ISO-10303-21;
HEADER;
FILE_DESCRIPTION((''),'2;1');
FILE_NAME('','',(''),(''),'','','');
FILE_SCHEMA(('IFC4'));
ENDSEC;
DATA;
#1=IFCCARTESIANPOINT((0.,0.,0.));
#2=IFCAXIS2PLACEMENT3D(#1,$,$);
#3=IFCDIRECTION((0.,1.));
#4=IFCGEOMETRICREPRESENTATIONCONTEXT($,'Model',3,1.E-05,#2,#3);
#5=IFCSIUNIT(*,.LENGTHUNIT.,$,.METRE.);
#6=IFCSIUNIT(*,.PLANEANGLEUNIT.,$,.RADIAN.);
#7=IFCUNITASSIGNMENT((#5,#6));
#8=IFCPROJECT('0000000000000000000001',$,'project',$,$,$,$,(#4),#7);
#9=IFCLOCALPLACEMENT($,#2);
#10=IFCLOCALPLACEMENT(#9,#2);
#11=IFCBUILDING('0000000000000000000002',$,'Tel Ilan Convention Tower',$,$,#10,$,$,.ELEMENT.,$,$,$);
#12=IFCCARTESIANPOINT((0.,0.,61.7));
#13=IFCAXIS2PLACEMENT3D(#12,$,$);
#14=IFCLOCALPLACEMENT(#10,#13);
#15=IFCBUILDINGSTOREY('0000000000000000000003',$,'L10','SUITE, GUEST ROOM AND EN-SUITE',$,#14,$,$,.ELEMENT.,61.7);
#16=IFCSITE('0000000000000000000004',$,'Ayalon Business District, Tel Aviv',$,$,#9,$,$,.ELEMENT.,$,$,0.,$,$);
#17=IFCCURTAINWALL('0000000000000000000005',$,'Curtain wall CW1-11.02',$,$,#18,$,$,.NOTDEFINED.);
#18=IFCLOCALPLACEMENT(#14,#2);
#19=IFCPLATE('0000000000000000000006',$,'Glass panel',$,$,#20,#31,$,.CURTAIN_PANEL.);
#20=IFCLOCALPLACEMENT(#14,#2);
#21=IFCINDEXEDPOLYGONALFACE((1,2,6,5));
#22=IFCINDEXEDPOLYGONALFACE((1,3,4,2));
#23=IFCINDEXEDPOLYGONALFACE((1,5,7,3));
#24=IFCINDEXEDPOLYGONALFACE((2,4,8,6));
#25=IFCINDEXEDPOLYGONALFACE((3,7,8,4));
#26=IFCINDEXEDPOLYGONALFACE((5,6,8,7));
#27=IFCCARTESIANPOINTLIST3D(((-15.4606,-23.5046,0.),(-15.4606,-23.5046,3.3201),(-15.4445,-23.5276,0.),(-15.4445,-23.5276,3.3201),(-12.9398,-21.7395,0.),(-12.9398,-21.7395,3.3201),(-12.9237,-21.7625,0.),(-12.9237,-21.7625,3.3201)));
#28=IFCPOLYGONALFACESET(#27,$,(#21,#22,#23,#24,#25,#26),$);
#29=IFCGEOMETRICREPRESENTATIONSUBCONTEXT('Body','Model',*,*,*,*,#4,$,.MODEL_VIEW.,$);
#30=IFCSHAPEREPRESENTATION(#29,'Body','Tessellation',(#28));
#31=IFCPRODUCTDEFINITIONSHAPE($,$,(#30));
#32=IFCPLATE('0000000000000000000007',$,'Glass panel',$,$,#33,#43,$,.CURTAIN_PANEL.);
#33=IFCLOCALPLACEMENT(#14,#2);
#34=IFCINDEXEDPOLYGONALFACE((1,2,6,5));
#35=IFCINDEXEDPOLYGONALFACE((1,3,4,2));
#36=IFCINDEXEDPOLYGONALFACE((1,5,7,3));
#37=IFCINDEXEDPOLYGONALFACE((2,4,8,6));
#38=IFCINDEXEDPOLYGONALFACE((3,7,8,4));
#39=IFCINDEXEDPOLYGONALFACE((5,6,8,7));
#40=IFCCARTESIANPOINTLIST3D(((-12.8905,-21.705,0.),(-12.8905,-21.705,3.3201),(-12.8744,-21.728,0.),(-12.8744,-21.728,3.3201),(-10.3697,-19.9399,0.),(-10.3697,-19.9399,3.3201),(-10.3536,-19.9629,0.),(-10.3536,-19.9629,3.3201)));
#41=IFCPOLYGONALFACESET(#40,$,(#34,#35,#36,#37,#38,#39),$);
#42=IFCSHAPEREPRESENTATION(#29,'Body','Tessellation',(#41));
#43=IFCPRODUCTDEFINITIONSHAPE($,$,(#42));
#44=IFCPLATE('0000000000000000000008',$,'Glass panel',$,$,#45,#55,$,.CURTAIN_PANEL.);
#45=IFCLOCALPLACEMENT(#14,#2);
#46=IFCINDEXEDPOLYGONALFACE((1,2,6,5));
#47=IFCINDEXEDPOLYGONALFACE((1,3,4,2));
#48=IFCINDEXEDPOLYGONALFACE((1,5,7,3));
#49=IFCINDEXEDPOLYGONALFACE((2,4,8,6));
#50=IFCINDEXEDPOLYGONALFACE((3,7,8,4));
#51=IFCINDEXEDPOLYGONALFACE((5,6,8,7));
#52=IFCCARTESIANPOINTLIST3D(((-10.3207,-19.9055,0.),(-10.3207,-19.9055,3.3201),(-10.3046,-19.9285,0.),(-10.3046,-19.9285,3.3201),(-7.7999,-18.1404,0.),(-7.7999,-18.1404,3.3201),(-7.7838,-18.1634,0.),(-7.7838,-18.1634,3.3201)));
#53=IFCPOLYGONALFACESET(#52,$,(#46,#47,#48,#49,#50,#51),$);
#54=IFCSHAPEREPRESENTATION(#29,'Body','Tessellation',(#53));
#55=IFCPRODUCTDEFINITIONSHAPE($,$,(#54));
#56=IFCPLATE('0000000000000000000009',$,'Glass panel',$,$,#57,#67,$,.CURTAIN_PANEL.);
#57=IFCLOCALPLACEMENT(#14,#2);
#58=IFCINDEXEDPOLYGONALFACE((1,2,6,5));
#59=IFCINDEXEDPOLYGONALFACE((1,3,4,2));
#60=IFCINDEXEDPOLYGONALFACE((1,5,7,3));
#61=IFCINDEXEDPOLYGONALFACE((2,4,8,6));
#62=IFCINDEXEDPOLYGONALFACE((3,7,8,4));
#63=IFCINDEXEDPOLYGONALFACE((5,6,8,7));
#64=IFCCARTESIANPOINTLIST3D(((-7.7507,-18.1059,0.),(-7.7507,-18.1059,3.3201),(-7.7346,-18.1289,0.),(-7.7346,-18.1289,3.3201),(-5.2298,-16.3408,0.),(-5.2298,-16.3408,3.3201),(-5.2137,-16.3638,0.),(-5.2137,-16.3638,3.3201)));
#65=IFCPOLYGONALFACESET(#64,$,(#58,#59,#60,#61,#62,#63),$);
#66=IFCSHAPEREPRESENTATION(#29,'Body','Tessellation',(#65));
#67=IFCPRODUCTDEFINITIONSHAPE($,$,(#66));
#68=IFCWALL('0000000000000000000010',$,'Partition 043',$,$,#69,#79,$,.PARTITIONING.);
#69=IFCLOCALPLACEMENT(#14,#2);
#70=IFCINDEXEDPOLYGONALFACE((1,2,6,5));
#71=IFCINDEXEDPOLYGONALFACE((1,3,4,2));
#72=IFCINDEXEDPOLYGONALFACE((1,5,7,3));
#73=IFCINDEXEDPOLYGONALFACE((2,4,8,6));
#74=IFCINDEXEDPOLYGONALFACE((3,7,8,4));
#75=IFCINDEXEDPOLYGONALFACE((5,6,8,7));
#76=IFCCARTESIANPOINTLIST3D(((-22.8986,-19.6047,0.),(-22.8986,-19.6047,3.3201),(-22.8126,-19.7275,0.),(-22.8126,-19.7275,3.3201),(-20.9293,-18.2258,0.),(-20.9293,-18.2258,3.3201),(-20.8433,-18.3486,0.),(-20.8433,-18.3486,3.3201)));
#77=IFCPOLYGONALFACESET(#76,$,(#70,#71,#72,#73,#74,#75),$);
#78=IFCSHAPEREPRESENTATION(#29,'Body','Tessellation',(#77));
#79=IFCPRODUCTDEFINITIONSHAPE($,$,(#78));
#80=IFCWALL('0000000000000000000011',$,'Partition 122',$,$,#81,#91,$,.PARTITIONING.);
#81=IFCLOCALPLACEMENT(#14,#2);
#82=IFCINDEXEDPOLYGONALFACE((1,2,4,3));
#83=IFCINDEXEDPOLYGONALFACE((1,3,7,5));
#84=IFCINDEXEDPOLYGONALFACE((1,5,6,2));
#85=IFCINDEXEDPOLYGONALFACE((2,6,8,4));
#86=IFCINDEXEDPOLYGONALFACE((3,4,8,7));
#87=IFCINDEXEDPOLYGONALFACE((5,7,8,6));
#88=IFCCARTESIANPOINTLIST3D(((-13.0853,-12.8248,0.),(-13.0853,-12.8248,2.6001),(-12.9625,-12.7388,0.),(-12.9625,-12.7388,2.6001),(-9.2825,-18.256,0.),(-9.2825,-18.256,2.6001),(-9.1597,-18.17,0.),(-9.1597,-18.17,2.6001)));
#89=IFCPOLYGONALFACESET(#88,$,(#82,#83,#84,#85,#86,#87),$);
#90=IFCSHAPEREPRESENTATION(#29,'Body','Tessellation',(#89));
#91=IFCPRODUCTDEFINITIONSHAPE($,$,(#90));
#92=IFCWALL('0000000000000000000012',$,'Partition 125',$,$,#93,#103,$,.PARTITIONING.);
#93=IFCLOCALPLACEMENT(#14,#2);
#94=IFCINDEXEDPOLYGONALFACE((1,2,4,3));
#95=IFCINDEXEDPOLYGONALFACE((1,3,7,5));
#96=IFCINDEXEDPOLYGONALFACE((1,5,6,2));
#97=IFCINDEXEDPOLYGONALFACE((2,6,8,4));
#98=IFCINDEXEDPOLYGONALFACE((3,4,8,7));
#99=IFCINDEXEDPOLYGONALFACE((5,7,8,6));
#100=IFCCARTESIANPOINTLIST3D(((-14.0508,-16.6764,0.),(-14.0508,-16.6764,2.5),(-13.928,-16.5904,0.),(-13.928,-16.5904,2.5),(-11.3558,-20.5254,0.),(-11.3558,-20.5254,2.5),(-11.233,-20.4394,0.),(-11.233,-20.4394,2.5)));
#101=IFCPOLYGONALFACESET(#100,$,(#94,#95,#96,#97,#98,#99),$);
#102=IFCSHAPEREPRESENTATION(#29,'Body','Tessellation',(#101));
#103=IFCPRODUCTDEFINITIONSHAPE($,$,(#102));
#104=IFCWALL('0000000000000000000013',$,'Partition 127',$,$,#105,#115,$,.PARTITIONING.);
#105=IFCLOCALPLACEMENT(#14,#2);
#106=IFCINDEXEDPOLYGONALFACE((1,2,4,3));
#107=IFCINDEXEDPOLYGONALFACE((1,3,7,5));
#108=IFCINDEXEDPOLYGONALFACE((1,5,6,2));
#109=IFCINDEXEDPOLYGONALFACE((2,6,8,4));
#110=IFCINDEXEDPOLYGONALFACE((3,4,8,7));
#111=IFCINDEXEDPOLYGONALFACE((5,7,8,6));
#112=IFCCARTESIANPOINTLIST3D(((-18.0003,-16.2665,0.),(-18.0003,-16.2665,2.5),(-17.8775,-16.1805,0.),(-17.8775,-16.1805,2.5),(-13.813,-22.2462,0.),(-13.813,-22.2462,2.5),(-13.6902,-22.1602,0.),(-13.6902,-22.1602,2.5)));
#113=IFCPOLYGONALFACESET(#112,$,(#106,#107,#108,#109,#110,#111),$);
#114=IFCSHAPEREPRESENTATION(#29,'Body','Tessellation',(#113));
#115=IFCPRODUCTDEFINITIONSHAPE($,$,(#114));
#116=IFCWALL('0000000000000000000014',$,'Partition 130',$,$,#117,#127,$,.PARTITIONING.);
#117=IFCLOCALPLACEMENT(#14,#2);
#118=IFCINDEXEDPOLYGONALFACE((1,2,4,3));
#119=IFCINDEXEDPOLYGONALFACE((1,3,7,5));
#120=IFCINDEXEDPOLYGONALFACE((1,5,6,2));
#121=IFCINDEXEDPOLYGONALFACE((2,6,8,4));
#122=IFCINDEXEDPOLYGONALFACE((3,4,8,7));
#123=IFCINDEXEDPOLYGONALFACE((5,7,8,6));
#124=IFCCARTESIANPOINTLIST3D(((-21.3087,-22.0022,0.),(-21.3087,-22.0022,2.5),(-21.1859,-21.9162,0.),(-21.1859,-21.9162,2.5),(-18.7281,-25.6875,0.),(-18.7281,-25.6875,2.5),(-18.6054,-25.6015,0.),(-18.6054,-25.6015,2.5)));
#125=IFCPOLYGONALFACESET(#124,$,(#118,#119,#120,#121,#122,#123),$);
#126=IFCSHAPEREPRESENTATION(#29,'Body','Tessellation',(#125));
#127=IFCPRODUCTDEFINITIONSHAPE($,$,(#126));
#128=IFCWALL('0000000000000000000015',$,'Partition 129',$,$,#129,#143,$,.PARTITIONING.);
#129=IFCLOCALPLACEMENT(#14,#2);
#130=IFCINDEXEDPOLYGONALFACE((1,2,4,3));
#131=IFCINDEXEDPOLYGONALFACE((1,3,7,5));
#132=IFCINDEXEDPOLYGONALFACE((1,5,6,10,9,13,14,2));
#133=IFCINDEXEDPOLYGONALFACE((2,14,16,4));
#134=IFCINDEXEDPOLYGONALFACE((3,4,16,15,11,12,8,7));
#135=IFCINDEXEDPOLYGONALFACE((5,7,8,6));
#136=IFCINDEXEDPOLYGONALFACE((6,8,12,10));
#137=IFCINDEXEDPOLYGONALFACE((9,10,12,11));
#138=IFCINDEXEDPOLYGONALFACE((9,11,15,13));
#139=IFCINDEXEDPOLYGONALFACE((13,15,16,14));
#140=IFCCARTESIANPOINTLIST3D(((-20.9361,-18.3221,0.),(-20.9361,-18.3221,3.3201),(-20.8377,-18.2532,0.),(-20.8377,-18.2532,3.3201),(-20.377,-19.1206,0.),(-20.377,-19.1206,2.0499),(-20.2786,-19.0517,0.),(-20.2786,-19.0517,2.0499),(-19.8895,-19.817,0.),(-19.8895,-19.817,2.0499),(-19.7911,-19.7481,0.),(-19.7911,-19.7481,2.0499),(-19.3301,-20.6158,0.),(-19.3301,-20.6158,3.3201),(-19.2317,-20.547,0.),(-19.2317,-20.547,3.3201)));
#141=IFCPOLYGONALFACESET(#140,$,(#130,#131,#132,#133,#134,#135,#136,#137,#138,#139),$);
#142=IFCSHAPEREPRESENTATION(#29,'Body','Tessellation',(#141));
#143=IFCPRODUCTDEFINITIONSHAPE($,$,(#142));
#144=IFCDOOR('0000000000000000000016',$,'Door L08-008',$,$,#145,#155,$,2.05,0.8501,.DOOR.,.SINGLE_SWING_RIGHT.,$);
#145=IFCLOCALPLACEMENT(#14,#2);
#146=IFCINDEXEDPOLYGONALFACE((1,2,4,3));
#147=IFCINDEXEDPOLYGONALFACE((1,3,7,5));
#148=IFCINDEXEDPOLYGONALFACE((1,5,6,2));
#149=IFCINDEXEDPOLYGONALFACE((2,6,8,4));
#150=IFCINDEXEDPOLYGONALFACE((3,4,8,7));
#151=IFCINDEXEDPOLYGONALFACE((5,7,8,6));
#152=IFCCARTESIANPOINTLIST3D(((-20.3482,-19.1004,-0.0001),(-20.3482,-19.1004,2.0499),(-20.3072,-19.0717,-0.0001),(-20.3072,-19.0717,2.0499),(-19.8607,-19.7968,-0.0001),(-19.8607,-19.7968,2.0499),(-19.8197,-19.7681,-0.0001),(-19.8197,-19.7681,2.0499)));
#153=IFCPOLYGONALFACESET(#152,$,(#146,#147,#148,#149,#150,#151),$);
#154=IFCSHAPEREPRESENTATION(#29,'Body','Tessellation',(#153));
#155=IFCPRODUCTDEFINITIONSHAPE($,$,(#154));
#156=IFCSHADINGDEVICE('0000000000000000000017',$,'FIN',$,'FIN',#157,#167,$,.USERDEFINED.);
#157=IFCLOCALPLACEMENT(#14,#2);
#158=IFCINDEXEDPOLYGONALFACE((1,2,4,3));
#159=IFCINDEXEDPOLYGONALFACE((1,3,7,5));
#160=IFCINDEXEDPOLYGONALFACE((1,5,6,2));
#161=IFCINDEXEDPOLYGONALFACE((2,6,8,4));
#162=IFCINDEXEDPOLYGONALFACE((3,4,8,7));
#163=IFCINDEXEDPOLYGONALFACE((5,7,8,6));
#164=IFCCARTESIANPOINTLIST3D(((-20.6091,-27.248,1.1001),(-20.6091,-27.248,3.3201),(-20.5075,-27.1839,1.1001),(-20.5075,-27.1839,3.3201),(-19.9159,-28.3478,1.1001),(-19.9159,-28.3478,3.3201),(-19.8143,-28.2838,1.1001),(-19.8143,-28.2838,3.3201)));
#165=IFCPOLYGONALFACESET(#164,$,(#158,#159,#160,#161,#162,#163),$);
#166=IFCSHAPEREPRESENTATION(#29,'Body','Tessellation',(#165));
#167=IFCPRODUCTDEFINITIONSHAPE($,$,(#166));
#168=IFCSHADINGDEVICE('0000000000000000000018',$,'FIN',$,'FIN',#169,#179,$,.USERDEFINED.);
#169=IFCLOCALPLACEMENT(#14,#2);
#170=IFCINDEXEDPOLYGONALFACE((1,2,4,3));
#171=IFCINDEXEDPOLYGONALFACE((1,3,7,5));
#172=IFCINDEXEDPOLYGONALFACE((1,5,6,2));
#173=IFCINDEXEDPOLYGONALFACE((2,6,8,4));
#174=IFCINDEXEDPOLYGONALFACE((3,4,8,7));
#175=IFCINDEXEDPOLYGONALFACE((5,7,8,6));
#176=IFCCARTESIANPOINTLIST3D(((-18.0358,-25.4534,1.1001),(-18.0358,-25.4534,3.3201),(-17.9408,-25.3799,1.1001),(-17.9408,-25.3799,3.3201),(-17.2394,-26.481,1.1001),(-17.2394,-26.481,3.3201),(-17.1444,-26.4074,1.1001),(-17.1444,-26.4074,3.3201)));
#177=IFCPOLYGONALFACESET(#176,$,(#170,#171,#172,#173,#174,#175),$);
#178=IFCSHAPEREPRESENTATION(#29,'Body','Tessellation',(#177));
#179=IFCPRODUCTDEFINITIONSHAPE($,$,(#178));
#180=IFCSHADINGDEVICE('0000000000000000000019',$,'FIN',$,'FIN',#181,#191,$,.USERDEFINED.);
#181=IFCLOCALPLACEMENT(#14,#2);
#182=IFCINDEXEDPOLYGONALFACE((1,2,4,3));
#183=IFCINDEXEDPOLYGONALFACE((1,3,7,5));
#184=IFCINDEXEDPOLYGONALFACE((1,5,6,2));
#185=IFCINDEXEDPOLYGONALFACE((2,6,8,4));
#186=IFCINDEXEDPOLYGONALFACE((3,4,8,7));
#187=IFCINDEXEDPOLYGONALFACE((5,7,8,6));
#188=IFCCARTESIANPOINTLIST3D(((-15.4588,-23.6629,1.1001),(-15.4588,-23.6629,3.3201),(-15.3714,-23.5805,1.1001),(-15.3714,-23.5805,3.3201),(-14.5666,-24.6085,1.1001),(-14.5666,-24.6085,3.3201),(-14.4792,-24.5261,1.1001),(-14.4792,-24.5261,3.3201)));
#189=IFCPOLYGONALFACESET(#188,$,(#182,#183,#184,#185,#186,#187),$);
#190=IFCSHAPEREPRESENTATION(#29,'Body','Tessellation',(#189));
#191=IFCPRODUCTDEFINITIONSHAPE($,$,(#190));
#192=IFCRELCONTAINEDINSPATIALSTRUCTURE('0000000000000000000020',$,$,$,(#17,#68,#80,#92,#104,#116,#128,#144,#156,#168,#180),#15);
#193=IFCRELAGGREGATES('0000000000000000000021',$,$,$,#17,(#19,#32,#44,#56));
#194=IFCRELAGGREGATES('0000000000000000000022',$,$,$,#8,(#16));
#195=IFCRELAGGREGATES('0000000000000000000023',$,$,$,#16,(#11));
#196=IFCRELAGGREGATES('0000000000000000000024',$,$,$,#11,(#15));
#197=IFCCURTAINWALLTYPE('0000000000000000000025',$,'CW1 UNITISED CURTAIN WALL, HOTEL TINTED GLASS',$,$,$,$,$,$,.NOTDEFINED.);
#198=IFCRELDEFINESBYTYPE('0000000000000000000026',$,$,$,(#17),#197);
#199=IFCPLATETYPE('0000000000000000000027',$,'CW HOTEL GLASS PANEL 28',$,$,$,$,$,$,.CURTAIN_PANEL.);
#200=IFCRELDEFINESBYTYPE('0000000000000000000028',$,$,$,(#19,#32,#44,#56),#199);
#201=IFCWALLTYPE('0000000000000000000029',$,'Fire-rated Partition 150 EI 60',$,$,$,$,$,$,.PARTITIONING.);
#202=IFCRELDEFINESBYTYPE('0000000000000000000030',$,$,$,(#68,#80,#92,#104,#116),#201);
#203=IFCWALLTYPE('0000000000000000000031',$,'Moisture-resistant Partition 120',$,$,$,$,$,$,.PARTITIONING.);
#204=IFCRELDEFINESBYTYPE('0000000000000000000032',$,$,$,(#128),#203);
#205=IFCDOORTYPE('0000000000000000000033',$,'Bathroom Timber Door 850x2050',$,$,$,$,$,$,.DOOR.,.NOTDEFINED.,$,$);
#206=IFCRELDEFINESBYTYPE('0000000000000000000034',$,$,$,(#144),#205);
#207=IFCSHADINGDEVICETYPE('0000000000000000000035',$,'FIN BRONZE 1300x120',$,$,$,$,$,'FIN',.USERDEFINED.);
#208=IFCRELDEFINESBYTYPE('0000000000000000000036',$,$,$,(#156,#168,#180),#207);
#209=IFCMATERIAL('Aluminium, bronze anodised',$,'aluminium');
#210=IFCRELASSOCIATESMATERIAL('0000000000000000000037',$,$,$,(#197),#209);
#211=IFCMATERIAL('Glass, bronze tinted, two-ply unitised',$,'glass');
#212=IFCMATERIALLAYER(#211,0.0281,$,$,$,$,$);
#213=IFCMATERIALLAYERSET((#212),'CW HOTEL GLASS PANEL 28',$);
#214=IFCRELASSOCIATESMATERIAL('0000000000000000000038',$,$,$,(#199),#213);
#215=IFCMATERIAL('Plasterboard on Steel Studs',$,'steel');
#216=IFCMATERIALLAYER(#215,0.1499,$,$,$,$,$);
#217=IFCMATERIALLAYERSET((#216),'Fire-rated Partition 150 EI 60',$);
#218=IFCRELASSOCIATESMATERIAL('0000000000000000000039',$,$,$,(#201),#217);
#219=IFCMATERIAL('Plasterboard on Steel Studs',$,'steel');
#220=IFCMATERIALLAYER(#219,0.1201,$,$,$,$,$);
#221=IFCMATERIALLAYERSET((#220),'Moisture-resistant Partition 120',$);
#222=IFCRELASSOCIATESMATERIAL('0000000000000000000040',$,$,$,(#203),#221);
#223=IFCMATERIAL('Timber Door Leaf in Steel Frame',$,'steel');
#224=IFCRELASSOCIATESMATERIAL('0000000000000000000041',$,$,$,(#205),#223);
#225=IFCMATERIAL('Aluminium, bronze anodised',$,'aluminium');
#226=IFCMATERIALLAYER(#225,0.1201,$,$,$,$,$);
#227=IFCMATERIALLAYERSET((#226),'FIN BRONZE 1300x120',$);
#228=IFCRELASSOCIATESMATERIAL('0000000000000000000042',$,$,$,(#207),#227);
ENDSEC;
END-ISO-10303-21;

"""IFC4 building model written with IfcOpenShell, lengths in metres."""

from ifc_helpers import new_model, si_unit, direction, frame, frame_2d, origin, origin_2d, place, context, subcontext, project, spatial, rectangle, extrude, material, layer, layer_set, type_object, element, fill, aggregate, save


model = new_model("IFC4")

# Units and contexts
model_context = context("Model", 3, precision=1e-05, world=origin(), true_north=direction((0.0, 1.0)))
body_context = subcontext(model_context, "Body", "Model", "MODEL_VIEW")
ifc_project = project(units=[si_unit("LENGTHUNIT", "METRE"), si_unit("PLANEANGLEUNIT", "RADIAN")], contexts=[model_context])

# Site, building, storey
site_placement = place(None, origin())
site = spatial("IfcSite", under=ifc_project, at=site_placement, Name="Ayalon Business District, Tel Aviv", CompositionType="ELEMENT", RefElevation=0.0)
building_placement = place(site_placement, origin())
building = spatial("IfcBuilding", under=site, at=building_placement, Name="Tel Ilan Convention Tower", CompositionType="ELEMENT")
storey_placement = place(building_placement, frame((0.0, 0.0, 61.7)))
storey = spatial("IfcBuildingStorey", under=building, at=storey_placement, Name="L10", Description="SUITE, GUEST ROOM AND EN-SUITE", CompositionType="ELEMENT", Elevation=61.7)

# Curtain wall, plates
ifc_material_1 = material(Name="Aluminium, bronze anodised", Category="aluminium")
curtain_wall_type = type_object("IfcCurtainWallType", Name="CW1 UNITISED CURTAIN WALL, HOTEL TINTED GLASS", PredefinedType="NOTDEFINED", material=ifc_material_1)
curtain_wall_placement = place(storey_placement, origin())
curtain_wall = element("IfcCurtainWall", 1, at=curtain_wall_placement, inside=storey, type_object=curtain_wall_type, Name="Curtain wall CW1-11.02", PredefinedType="NOTDEFINED")
ifc_material_2 = material(Name="Glass, bronze tinted, two-ply unitised", Category="glass")
ifc_layer_1 = layer(ifc_material_2, 0.0281)
ifc_layer_set_1 = layer_set([ifc_layer_1], Name="CW HOTEL GLASS PANEL 28")
plate_type = type_object("IfcPlateType", Name="CW HOTEL GLASS PANEL 28", PredefinedType="CURTAIN_PANEL", material=ifc_layer_set_1)
plate_1_placement = place(storey_placement, frame((-14.1921, -22.6335, 0.0), z_axis=(0.0, 0.0, 1.0), x_axis=(0.819152, 0.573576, 0.0)))
plate_1 = element("IfcPlate", 2, at=plate_1_placement, type_object=plate_type, Name="Glass panel", PredefinedType="CURTAIN_PANEL", context=body_context, shape_type="SweptSolid", body=[
    extrude(rectangle(XDim=3.0774, YDim=0.0281, at=origin_2d()), origin(), (0.0, 0.0, 1.0), 3.3201),
])
plate_2_placement = place(storey_placement, frame((-11.6221, -20.834, 0.0), z_axis=(0.0, 0.0, 1.0), x_axis=(0.819152, 0.573576, 0.0)))
plate_2 = element("IfcPlate", 3, at=plate_2_placement, type_object=plate_type, Name="Glass panel", PredefinedType="CURTAIN_PANEL", context=body_context, shape_type="SweptSolid", body=[
    extrude(rectangle(XDim=3.0774, YDim=0.0281, at=origin_2d()), origin(), (0.0, 0.0, 1.0), 3.3201),
])
plate_3_placement = place(storey_placement, frame((-9.0522, -19.0344, 0.0), z_axis=(0.0, 0.0, 1.0), x_axis=(0.819152, 0.573576, 0.0)))
plate_3 = element("IfcPlate", 4, at=plate_3_placement, type_object=plate_type, Name="Glass panel", PredefinedType="CURTAIN_PANEL", context=body_context, shape_type="SweptSolid", body=[
    extrude(rectangle(XDim=3.0774, YDim=0.0281, at=origin_2d()), origin(), (0.0, 0.0, 1.0), 3.3201),
])
plate_4_placement = place(storey_placement, frame((-6.4822, -17.2349, 0.0), z_axis=(0.0, 0.0, 1.0), x_axis=(0.819152, 0.573576, 0.0)))
plate_4 = element("IfcPlate", 5, at=plate_4_placement, type_object=plate_type, Name="Glass panel", PredefinedType="CURTAIN_PANEL", context=body_context, shape_type="SweptSolid", body=[
    extrude(rectangle(XDim=3.0774, YDim=0.0281, at=origin_2d()), origin(), (0.0, 0.0, 1.0), 3.3201),
])
aggregate(curtain_wall, [plate_1, plate_2, plate_3, plate_4])

# Walls
ifc_material_3 = material(Name="Plasterboard on Steel Studs", Category="steel")
ifc_layer_2 = layer(ifc_material_3, 0.1499)
ifc_layer_set_2 = layer_set([ifc_layer_2], Name="Fire-rated Partition 150 EI 60")
wall_type_1 = type_object("IfcWallType", Name="Fire-rated Partition 150 EI 60", PredefinedType="PARTITIONING", material=ifc_layer_set_2)
wall_1_placement = place(storey_placement, frame((-20.8862, -18.2871, 0.0), z_axis=(0.0, 0.0, 1.0), x_axis=(-0.819146, -0.573585, 0.0)))
element("IfcWall", 6, at=wall_1_placement, inside=storey, type_object=wall_type_1, Name="Partition 043", PredefinedType="PARTITIONING", context=body_context, shape_type="SweptSolid", body=[
    extrude(rectangle(XDim=2.4041, YDim=0.1499, at=frame_2d((1.2021, 0.0))), origin(), (0.0, 0.0, 1.0), 3.3201),
])
wall_2_placement = place(storey_placement, frame((-9.2212, -18.2129, 0.0), z_axis=(0.0, 0.0, 1.0), x_axis=(-0.573556, 0.819166, 0.0)))
element("IfcWall", 7, at=wall_2_placement, inside=storey, type_object=wall_type_1, Name="Partition 122", PredefinedType="PARTITIONING", context=body_context, shape_type="SweptSolid", body=[
    extrude(rectangle(XDim=6.6301, YDim=0.1499, at=frame_2d((3.3149, 0.0))), origin(), (0.0, 0.0, 1.0), 2.6001),
])
wall_3_placement = place(storey_placement, frame((-11.2944, -20.4824, 0.0), z_axis=(0.0, 0.0, 1.0), x_axis=(-0.57356, 0.819164, 0.0)))
element("IfcWall", 8, at=wall_3_placement, inside=storey, type_object=wall_type_1, Name="Partition 125", PredefinedType="PARTITIONING", context=body_context, shape_type="SweptSolid", body=[
    extrude(rectangle(XDim=4.6987, YDim=0.1499, at=frame_2d((2.3494, 0.0))), origin(), (0.0, 0.0, 1.0), 2.5),
])
wall_4_placement = place(storey_placement, frame((-13.7517, -22.2031, 0.0), z_axis=(0.0, 0.0, 1.0), x_axis=(-0.573595, 0.819139, 0.0)))
element("IfcWall", 9, at=wall_4_placement, inside=storey, type_object=wall_type_1, Name="Partition 127", PredefinedType="PARTITIONING", context=body_context, shape_type="SweptSolid", body=[
    extrude(rectangle(XDim=7.3, YDim=0.1499, at=frame_2d((3.6499, 0.0))), origin(), (0.0, 0.0, 1.0), 2.5),
])
wall_5_placement = place(storey_placement, frame((-18.6667, -25.6445, 0.0), z_axis=(0.0, 0.0, 1.0), x_axis=(-0.57359, 0.819143, 0.0)))
element("IfcWall", 10, at=wall_5_placement, inside=storey, type_object=wall_type_1, Name="Partition 130", PredefinedType="PARTITIONING", context=body_context, shape_type="SweptSolid", body=[
    extrude(rectangle(XDim=4.499, YDim=0.1499, at=frame_2d((2.2495, 0.0))), origin(), (0.0, 0.0, 1.0), 2.5),
])

# Wall, opening, door
ifc_material_4 = material(Name="Plasterboard on Steel Studs", Category="steel")
ifc_layer_3 = layer(ifc_material_4, 0.1201)
ifc_layer_set_3 = layer_set([ifc_layer_3], Name="Moisture-resistant Partition 120")
wall_type_2 = type_object("IfcWallType", Name="Moisture-resistant Partition 120", PredefinedType="PARTITIONING", material=ifc_layer_set_3)
wall_6_placement = place(storey_placement, frame((-19.281, -20.5813, 0.0), z_axis=(0.0, 0.0, 1.0), x_axis=(-0.57355, 0.81917, 0.0)))
wall_6 = element("IfcWall", 11, at=wall_6_placement, inside=storey, type_object=wall_type_2, Name="Partition 129", PredefinedType="PARTITIONING", context=body_context, shape_type="SweptSolid", body=[
    extrude(rectangle(XDim=2.8, YDim=0.1201, at=frame_2d((1.3999, 0.0))), origin(), (0.0, 0.0, 1.0), 3.3201),
])
opening_placement = place(wall_6_placement, frame((0.9751, 0.0, 0.0)))
opening = element("IfcOpeningElement", 12, at=opening_placement, cuts=wall_6, PredefinedType="OPENING", context=body_context, shape_type="SweptSolid", body=[
    extrude(rectangle(XDim=0.8501, YDim=2.05, at=frame_2d((0.425, 1.0249))), frame((0.0, 0.0701, 0.0), z_axis=(0.0, -1.0, 0.0), x_axis=(1.0, 0.0, 0.0)), (0.0, 0.0, 1.0), 0.1401),
])
ifc_material_5 = material(Name="Timber Door Leaf in Steel Frame", Category="steel")
door_type = type_object("IfcDoorType", Name="Bathroom Timber Door 850x2050", OperationType="NOTDEFINED", PredefinedType="DOOR", material=ifc_material_5)
door_placement = place(opening_placement, origin())
door = element("IfcDoor", 13, at=door_placement, inside=storey, type_object=door_type, Name="Door L08-008", OperationType="SINGLE_SWING_RIGHT", OverallHeight=2.05, OverallWidth=0.8501, PredefinedType="DOOR", context=body_context, shape_type="SweptSolid", body=[
    extrude(rectangle(XDim=0.8501, YDim=2.05, at=frame_2d((0.425, 1.0249))), frame((0.0, 0.0249, 0.0), z_axis=(0.0, -1.0, 0.0), x_axis=(1.0, 0.0, 0.0)), (0.0, 0.0, 1.0), 0.05),
])
fill(opening, door)

# Shading devices
ifc_material_6 = material(Name="Aluminium, bronze anodised", Category="aluminium")
ifc_layer_4 = layer(ifc_material_6, 0.1201)
ifc_layer_set_4 = layer_set([ifc_layer_4], Name="FIN BRONZE 1300x120")
shading_device_type = type_object("IfcShadingDeviceType", Name="FIN BRONZE 1300x120", ElementType="FIN", PredefinedType="USERDEFINED", material=ifc_layer_set_4)
for number, where, z_axis, x_axis, name in (
    (14, (-20.2117, -27.7659, 1.1001), (0.0, 0.0, 1.0), (0.533204, -0.845986, 0.0), "FIN"),
    (15, (-17.5901, -25.9304, 1.1001), (0.0, 0.0, 1.0), (0.612601, -0.790393, 0.0), "FIN"),
    (16, (-14.969, -24.0945, 1.1001), (0.0, 0.0, 1.0), (0.686242, -0.727374, 0.0), "FIN"),
):
    element("IfcShadingDevice", number, at=place(storey_placement, frame(where, z_axis=z_axis, x_axis=x_axis)), inside=storey, type_object=shading_device_type, Name=name, ObjectType="FIN", PredefinedType="USERDEFINED", context=body_context, shape_type="SweptSolid", body=[
        extrude(rectangle(XDim=1.3, YDim=0.1201, at=origin_2d()), origin(), (0.0, 0.0, 1.0), 2.22),
    ])

save(model, "model.ifc")
